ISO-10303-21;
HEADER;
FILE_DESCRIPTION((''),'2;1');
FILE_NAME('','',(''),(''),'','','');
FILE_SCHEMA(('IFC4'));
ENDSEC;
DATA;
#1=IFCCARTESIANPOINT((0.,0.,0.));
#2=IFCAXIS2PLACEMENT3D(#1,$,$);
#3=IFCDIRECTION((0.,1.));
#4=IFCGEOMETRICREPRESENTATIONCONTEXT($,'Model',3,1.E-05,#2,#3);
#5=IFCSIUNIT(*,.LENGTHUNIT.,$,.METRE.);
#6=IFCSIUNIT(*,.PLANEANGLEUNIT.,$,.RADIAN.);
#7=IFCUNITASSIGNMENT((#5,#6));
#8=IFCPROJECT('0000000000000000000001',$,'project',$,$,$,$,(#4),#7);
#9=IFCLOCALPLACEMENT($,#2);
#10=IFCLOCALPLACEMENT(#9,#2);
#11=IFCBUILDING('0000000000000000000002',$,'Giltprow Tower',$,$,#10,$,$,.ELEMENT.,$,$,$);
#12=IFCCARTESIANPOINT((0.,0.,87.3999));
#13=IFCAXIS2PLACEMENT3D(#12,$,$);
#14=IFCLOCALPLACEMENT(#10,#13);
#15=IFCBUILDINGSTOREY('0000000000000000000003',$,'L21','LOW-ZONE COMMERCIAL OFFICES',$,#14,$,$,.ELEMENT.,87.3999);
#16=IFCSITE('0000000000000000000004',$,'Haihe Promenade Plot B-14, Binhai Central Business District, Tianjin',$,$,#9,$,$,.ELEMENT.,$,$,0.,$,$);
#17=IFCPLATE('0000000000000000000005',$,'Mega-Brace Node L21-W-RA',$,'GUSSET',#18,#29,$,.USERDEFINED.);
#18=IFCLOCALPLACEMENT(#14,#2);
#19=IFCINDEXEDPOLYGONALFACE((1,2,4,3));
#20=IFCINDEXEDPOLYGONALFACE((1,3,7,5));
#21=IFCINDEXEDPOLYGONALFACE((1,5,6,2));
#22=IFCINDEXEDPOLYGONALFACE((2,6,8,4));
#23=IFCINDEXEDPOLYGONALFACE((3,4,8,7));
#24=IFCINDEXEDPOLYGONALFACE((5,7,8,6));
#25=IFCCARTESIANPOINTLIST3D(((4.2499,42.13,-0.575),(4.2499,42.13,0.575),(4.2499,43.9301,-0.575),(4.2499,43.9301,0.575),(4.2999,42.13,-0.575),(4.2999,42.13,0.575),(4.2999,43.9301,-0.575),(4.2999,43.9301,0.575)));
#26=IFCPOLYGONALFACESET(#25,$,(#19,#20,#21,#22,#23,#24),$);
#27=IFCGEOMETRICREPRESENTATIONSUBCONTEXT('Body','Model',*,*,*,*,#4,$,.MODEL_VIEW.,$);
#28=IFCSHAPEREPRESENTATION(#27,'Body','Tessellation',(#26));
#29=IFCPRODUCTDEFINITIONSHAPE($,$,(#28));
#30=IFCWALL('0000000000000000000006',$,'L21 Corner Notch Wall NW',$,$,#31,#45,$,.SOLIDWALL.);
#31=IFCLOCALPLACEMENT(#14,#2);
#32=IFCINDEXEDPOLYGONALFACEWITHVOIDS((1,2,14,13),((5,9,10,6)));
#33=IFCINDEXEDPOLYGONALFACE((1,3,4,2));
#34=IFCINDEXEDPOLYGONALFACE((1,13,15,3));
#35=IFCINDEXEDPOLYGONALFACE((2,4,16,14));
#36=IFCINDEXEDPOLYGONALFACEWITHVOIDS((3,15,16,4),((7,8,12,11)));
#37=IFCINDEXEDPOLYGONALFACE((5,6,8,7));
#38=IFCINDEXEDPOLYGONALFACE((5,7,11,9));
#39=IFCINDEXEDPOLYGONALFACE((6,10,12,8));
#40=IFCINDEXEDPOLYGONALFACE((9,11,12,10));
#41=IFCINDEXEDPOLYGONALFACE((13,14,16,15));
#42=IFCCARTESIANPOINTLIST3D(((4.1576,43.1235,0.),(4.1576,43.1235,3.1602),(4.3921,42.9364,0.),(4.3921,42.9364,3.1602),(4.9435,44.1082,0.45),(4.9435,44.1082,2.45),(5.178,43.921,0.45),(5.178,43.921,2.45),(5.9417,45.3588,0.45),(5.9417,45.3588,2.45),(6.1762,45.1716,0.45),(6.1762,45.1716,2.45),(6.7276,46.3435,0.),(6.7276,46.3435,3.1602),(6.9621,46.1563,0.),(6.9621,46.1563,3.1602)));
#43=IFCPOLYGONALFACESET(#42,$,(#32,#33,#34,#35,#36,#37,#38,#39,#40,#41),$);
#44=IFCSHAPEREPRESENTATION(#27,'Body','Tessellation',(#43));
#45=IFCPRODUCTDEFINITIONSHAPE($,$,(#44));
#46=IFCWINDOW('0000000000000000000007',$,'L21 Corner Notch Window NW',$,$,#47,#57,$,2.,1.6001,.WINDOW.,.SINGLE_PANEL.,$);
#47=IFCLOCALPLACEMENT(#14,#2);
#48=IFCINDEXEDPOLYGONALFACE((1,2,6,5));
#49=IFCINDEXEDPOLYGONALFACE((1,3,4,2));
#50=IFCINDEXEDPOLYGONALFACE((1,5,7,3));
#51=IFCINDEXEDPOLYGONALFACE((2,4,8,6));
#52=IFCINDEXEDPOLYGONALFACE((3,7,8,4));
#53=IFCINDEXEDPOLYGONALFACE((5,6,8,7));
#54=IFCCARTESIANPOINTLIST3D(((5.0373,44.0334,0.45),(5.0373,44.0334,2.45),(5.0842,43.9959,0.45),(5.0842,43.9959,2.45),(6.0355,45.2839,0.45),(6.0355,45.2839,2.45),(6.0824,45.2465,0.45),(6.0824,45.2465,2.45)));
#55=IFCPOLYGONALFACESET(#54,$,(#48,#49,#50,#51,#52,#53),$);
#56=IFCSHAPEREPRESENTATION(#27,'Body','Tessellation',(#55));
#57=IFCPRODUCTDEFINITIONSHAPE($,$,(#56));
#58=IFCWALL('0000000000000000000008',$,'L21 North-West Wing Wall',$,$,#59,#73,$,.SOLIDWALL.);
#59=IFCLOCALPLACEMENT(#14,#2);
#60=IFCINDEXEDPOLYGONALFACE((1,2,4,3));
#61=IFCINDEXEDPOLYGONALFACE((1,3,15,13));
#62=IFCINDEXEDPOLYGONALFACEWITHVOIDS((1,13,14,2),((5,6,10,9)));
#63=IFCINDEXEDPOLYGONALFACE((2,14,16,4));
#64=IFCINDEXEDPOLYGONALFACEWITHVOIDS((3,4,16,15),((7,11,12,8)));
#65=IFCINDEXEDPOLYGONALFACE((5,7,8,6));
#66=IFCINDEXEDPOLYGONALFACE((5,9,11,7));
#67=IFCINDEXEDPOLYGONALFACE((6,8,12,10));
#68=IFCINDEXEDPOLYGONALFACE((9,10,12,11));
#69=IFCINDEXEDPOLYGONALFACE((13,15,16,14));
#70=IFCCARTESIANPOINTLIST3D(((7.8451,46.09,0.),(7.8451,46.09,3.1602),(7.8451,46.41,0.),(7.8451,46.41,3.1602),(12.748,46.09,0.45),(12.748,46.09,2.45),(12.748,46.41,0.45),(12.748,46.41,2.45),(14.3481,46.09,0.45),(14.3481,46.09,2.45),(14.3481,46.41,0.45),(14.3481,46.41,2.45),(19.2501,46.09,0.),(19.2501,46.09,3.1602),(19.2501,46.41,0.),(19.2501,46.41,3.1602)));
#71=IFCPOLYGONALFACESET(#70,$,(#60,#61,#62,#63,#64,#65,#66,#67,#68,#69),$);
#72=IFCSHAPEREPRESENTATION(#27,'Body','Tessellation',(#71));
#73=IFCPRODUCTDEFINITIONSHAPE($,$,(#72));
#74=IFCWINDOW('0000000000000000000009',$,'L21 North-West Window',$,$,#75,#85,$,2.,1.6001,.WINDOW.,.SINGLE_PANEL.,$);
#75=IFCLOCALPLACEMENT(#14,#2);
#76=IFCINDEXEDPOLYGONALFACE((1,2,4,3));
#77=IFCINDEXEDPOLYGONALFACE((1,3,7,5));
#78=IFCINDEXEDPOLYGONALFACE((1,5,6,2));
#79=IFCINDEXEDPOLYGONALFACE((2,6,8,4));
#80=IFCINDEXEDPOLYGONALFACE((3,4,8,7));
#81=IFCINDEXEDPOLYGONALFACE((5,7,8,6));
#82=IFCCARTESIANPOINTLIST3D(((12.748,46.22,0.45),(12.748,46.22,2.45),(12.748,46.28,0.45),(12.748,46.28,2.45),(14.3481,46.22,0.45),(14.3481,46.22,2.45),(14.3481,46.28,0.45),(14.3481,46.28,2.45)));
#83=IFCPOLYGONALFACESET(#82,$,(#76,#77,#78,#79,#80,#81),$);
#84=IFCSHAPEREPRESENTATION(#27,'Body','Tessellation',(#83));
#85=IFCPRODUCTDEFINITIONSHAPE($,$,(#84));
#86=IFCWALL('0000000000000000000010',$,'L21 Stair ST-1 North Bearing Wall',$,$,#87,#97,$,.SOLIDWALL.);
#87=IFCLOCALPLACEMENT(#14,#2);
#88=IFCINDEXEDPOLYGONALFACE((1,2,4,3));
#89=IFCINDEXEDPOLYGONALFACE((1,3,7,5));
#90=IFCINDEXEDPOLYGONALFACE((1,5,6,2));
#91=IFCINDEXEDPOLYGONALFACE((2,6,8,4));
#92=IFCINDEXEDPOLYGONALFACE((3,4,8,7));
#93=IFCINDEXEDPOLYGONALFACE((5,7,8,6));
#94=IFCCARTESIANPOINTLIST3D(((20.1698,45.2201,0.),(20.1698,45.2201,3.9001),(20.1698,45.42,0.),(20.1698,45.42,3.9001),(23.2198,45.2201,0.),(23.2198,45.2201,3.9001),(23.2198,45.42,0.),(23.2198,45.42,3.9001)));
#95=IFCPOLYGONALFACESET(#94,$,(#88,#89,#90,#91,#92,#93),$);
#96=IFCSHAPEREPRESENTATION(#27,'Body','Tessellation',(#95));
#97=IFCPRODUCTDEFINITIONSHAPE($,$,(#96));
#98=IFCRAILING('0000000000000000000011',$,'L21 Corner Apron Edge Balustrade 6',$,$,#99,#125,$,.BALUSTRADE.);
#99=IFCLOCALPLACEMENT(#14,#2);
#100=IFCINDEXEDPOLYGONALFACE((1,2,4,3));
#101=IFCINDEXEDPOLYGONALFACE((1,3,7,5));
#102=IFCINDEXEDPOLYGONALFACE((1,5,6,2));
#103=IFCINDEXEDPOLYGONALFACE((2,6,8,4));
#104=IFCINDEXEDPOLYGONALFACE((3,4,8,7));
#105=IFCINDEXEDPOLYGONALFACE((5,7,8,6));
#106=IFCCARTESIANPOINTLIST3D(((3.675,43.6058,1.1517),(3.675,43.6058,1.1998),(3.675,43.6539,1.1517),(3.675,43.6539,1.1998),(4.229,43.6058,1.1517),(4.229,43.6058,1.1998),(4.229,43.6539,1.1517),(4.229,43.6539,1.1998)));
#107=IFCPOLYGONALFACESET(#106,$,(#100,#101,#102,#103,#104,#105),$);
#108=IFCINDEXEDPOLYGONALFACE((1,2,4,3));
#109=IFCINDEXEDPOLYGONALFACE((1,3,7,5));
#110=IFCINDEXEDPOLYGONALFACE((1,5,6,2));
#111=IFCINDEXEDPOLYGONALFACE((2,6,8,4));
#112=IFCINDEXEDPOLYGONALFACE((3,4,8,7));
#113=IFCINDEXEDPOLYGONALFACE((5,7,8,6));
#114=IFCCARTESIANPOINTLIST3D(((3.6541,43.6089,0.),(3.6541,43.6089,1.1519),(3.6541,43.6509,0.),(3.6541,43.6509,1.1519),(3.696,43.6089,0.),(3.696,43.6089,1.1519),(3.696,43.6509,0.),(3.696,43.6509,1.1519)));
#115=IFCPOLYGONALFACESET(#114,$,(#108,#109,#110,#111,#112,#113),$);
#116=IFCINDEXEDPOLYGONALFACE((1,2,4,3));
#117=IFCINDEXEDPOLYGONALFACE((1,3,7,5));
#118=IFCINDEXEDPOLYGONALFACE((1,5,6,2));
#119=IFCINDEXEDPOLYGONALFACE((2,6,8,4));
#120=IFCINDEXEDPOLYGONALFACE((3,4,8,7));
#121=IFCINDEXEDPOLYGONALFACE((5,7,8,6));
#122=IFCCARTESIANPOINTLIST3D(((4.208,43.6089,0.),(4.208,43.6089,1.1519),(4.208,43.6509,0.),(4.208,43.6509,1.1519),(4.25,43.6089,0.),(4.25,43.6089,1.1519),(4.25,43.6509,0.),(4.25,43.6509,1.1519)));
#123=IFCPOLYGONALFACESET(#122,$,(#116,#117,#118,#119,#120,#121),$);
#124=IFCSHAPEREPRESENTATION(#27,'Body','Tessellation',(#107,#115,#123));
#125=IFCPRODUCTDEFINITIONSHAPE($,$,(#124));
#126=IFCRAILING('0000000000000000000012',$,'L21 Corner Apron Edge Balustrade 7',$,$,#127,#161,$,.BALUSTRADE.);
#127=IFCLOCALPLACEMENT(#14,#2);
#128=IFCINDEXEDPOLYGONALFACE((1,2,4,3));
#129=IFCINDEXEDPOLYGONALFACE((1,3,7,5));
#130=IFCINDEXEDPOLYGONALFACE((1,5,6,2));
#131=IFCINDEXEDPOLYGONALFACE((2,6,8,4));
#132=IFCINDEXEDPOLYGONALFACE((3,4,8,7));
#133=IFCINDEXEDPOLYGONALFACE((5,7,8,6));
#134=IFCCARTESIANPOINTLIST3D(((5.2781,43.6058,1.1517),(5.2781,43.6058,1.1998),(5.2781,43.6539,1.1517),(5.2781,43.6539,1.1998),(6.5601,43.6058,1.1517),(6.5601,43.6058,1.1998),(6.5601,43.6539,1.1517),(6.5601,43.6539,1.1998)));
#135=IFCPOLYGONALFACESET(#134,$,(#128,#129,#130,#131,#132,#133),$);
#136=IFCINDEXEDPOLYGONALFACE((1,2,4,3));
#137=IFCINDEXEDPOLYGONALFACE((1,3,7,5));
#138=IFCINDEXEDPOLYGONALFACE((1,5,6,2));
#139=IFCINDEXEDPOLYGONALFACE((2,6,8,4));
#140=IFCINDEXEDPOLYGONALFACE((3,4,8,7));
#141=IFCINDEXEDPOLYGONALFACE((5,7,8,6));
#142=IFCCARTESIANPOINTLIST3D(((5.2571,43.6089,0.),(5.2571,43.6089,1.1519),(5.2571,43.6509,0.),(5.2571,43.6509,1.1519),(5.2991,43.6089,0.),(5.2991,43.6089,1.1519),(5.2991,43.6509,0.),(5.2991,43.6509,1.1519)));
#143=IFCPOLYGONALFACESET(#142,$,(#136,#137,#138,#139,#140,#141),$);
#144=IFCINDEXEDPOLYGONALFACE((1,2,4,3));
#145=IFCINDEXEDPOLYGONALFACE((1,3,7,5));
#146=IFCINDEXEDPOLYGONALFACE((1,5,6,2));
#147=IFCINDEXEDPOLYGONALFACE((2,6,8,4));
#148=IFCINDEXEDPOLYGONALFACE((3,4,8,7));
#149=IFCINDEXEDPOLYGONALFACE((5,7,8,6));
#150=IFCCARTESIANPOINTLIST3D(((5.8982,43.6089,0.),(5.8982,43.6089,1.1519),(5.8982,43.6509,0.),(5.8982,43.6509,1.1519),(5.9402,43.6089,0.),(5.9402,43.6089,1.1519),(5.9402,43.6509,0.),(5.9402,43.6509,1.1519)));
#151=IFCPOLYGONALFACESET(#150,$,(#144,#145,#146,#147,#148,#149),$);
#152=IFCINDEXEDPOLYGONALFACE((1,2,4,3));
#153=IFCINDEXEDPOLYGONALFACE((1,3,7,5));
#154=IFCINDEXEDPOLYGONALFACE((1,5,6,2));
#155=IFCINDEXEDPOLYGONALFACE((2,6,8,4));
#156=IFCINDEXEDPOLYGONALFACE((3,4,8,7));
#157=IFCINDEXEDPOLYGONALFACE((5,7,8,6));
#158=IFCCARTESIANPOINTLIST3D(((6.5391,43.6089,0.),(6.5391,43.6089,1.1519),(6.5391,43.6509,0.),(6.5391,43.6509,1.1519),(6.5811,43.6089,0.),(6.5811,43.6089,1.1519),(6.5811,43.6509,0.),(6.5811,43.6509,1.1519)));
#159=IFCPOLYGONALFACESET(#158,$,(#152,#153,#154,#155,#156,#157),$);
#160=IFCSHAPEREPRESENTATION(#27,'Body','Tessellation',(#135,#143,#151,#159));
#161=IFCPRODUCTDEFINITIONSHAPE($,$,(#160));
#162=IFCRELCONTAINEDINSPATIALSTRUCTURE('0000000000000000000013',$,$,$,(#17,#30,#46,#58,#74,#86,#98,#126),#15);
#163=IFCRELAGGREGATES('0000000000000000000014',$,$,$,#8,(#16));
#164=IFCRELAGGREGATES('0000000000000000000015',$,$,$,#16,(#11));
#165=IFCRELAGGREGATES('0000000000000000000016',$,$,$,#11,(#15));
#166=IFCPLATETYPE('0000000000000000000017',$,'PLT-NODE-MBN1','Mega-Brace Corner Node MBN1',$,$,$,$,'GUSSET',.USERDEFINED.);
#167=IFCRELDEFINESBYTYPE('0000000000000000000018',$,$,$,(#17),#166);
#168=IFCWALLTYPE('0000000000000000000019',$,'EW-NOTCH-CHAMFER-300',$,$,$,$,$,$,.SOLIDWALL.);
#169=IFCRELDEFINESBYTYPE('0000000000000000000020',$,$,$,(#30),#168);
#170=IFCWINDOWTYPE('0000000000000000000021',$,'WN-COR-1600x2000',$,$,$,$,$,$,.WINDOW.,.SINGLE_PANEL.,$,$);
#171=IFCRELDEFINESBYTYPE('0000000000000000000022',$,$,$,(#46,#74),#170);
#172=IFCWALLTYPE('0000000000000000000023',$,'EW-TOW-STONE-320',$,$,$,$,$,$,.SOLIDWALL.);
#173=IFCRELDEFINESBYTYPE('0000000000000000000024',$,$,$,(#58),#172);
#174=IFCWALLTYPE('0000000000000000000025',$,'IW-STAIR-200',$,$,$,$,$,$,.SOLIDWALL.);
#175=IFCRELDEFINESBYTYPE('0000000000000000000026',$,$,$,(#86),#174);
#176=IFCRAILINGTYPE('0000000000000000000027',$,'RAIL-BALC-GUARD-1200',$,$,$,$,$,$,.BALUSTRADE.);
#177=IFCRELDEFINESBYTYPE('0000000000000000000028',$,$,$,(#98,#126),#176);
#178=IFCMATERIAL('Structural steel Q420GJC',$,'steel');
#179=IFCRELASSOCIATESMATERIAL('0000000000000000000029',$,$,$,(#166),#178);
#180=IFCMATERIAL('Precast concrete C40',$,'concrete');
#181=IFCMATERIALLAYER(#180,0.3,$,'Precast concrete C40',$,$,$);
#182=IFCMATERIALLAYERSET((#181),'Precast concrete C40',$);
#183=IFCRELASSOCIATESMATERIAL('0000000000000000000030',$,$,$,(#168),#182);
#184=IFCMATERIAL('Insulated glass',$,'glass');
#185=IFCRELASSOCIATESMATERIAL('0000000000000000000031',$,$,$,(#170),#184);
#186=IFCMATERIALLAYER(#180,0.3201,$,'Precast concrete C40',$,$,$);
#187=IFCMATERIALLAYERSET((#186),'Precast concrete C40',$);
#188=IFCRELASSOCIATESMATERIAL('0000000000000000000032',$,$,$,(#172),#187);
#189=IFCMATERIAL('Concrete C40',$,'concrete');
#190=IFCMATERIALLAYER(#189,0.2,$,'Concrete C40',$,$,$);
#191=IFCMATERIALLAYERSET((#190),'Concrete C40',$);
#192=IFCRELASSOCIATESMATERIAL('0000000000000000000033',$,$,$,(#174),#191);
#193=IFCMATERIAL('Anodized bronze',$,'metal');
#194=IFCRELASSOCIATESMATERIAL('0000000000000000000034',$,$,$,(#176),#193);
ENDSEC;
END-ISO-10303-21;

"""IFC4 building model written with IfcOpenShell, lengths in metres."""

from ifc_helpers import new_model, si_unit, direction, frame, frame_2d, origin, origin_2d, place, context, subcontext, project, spatial, rectangle, extrude, source, transform, mapped, material, layer, layer_set, type_object, element, fill, save


model = new_model("IFC4")

# Units and contexts
model_context = context("Model", 3, precision=1e-05, world=origin(), true_north=direction((0.0, 1.0)))
body_context = subcontext(model_context, "Body", "Model", "MODEL_VIEW")
ifc_project = project(units=[si_unit("LENGTHUNIT", "METRE"), si_unit("PLANEANGLEUNIT", "RADIAN")], contexts=[model_context])

# Site, building, storey
site_placement = place(None, origin())
site = spatial("IfcSite", under=ifc_project, at=site_placement, Name="Haihe Promenade Plot B-14, Binhai Central Business District, Tianjin", CompositionType="ELEMENT", RefElevation=0.0)
building_placement = place(site_placement, origin())
building = spatial("IfcBuilding", under=site, at=building_placement, Name="Giltprow Tower", CompositionType="ELEMENT")
storey_placement = place(building_placement, frame((0.0, 0.0, 87.3999)))
storey = spatial("IfcBuildingStorey", under=building, at=storey_placement, Name="L21", Description="LOW-ZONE COMMERCIAL OFFICES", CompositionType="ELEMENT", Elevation=87.3999)

# Shared definitions
ifc_material_1 = material(Name="Structural steel Q420GJC", Category="steel")

# Plate
plate_type = type_object("IfcPlateType", Name="PLT-NODE-MBN1", Description="Mega-Brace Corner Node MBN1", ElementType="GUSSET", PredefinedType="USERDEFINED", material=ifc_material_1)
shared_shape_1 = source(origin(), body_context, "Body", "SweptSolid", [
    extrude(rectangle(XDim=1.8, YDim=0.05, at=origin_2d()), origin(), (0.0, 0.0, 1.0), 1.1499),
])
for number, where, z_axis, x_axis, name in (
    (1, (4.2749, 43.03, -0.575), (0.0, 0.0, 1.0), (0.0, 1.0, 0.0), "Mega-Brace Node L21-W-RA"),
):
    element("IfcPlate", number, at=place(storey_placement, frame(where, z_axis=z_axis, x_axis=x_axis)), inside=storey, type_object=plate_type, Name=name, ObjectType="GUSSET", PredefinedType="USERDEFINED", context=body_context, shape_type="MappedRepresentation", body=[
        mapped(shared_shape_1, transform((0.0, 0.0, 0.0), x_axis=(1.0, 0.0, 0.0), y_axis=(0.0, 1.0, 0.0), z_axis=(0.0, 0.0, 1.0), scale=1.0)),
    ])

# Walls, openings, windows
ifc_material_2 = material(Name="Precast concrete C40", Category="concrete")
ifc_layer_1 = layer(ifc_material_2, 0.3, Name="Precast concrete C40")
ifc_layer_set_1 = layer_set([ifc_layer_1], Name="Precast concrete C40")
wall_type_1 = type_object("IfcWallType", Name="EW-NOTCH-CHAMFER-300", PredefinedType="SOLIDWALL", material=ifc_layer_set_1)
wall_1_placement = place(storey_placement, frame((6.845, 46.25, 0.0), z_axis=(0.0, 0.0, 1.0), x_axis=(-0.62382, -0.781568, 0.0)))
wall_1 = element("IfcWall", 2, at=wall_1_placement, inside=storey, type_object=wall_type_1, Name="L21 Corner Notch Wall NW", PredefinedType="SOLIDWALL", context=body_context, shape_type="SweptSolid", body=[
    extrude(rectangle(XDim=4.1199, YDim=0.3, at=frame_2d((2.0601, 0.0))), origin(), (0.0, 0.0, 1.0), 3.1602),
])
opening_1_placement = place(wall_1_placement, frame((1.26, 0.0, 0.45)))
opening_1 = element("IfcOpeningElement", 3, at=opening_1_placement, cuts=wall_1, PredefinedType="OPENING", context=body_context, shape_type="SweptSolid", body=[
    extrude(rectangle(XDim=1.6001, YDim=2.0, at=frame_2d((0.8, 1.0))), frame((0.0, 0.1599, 0.0), z_axis=(0.0, -1.0, 0.0), x_axis=(1.0, 0.0, 0.0)), (0.0, 0.0, 1.0), 0.3201),
])
ifc_material_3 = material(Name="Insulated glass", Category="glass")
window_type = type_object("IfcWindowType", Name="WN-COR-1600x2000", PartitioningType="SINGLE_PANEL", PredefinedType="WINDOW", material=ifc_material_3)
shared_shape_2 = source(origin(), body_context, "Body", "SweptSolid", [
    extrude(rectangle(XDim=1.6001, YDim=2.0, at=frame_2d((0.8, 1.0))), frame((0.0, 0.03, 0.0), z_axis=(0.0, -1.0, 0.0), x_axis=(1.0, 0.0, 0.0)), (0.0, 0.0, 1.0), 0.0601),
])
window_1_placement = place(opening_1_placement, origin())
window_1 = element("IfcWindow", 4, at=window_1_placement, inside=storey, type_object=window_type, Name="L21 Corner Notch Window NW", OverallHeight=2.0, OverallWidth=1.6001, PartitioningType="SINGLE_PANEL", PredefinedType="WINDOW", context=body_context, shape_type="MappedRepresentation", body=[
    mapped(shared_shape_2, transform((0.0, 0.0, 0.0), x_axis=(1.0, 0.0, 0.0), y_axis=(0.0, 1.0, 0.0), z_axis=(0.0, 0.0, 1.0), scale=1.0)),
])
fill(opening_1, window_1)
ifc_layer_2 = layer(ifc_material_2, 0.3201, Name="Precast concrete C40")
ifc_layer_set_2 = layer_set([ifc_layer_2], Name="Precast concrete C40")
wall_type_2 = type_object("IfcWallType", Name="EW-TOW-STONE-320", PredefinedType="SOLIDWALL", material=ifc_layer_set_2)
wall_2_placement = place(storey_placement, frame((7.845, 46.25, 0.0), z_axis=(0.0, 0.0, 1.0), x_axis=(1.0, 0.0, 0.0)))
wall_2 = element("IfcWall", 5, at=wall_2_placement, inside=storey, type_object=wall_type_2, Name="L21 North-West Wing Wall", PredefinedType="SOLIDWALL", context=body_context, shape_type="SweptSolid", body=[
    extrude(rectangle(XDim=11.405, YDim=0.3201, at=frame_2d((5.7026, 0.0))), origin(), (0.0, 0.0, 1.0), 3.1602),
])
opening_2_placement = place(wall_2_placement, frame((4.9031, 0.0, 0.45)))
opening_2 = element("IfcOpeningElement", 6, at=opening_2_placement, cuts=wall_2, PredefinedType="OPENING", context=body_context, shape_type="SweptSolid", body=[
    extrude(rectangle(XDim=1.6001, YDim=2.0, at=frame_2d((0.8, 1.0))), frame((0.0, 0.1699, 0.0), z_axis=(0.0, -1.0, 0.0), x_axis=(1.0, 0.0, 0.0)), (0.0, 0.0, 1.0), 0.3401),
])
window_2_placement = place(opening_2_placement, origin())
window_2 = element("IfcWindow", 7, at=window_2_placement, inside=storey, type_object=window_type, Name="L21 North-West Window", OverallHeight=2.0, OverallWidth=1.6001, PartitioningType="SINGLE_PANEL", PredefinedType="WINDOW", context=body_context, shape_type="MappedRepresentation", body=[
    mapped(shared_shape_2, transform((0.0, 0.0, 0.0), x_axis=(1.0, 0.0, 0.0), y_axis=(0.0, 1.0, 0.0), z_axis=(0.0, 0.0, 1.0), scale=1.0)),
])
fill(opening_2, window_2)

# Wall
ifc_material_4 = material(Name="Concrete C40", Category="concrete")
ifc_layer_3 = layer(ifc_material_4, 0.2, Name="Concrete C40")
ifc_layer_set_3 = layer_set([ifc_layer_3], Name="Concrete C40")
wall_type_3 = type_object("IfcWallType", Name="IW-STAIR-200", PredefinedType="SOLIDWALL", material=ifc_layer_set_3)
wall_3_placement = place(storey_placement, frame((20.1699, 45.3201, 0.0), z_axis=(0.0, 0.0, 1.0), x_axis=(1.0, 0.0, 0.0)))
element("IfcWall", 8, at=wall_3_placement, inside=storey, type_object=wall_type_3, Name="L21 Stair ST-1 North Bearing Wall", PredefinedType="SOLIDWALL", context=body_context, shape_type="SweptSolid", body=[
    extrude(rectangle(XDim=3.05, YDim=0.2, at=frame_2d((1.5249, 0.0))), origin(), (0.0, 0.0, 1.0), 3.9001),
])

# Railings
ifc_material_5 = material(Name="Anodized bronze", Category="metal")
railing_type_1 = type_object("IfcRailingType", Name="RAIL-BALC-GUARD-1200", PredefinedType="BALUSTRADE", material=ifc_material_5)
railing_1_placement = place(storey_placement, frame((3.675, 43.6299, 0.0)))
element("IfcRailing", 9, at=railing_1_placement, inside=storey, type_object=railing_type_1, Name="L21 Corner Apron Edge Balustrade 6", PredefinedType="BALUSTRADE", context=body_context, shape_type="SweptSolid", body=[
    extrude(rectangle(XDim=0.0481, YDim=0.0481, at=origin_2d()), frame((0.0, 0.0, 1.1758), z_axis=(1.0, 0.0, 0.0), x_axis=(0.0, 1.0, 0.0)), (0.0, 0.0, 1.0), 0.554),
    extrude(rectangle(XDim=0.042, YDim=0.042, at=origin_2d()), origin(), (0.0, 0.0, 1.0), 1.1519),
    extrude(rectangle(XDim=0.042, YDim=0.042, at=origin_2d()), frame((0.554, 0.0, 0.0)), (0.0, 0.0, 1.0), 1.1519),
])
railing_2_placement = place(storey_placement, frame((5.2781, 43.6299, 0.0)))
element("IfcRailing", 10, at=railing_2_placement, inside=storey, type_object=railing_type_1, Name="L21 Corner Apron Edge Balustrade 7", PredefinedType="BALUSTRADE", context=body_context, shape_type="SweptSolid", body=[
    extrude(rectangle(XDim=0.0481, YDim=0.0481, at=origin_2d()), frame((0.0, 0.0, 1.1758), z_axis=(1.0, 0.0, 0.0), x_axis=(0.0, 1.0, 0.0)), (0.0, 0.0, 1.0), 1.282),
    extrude(rectangle(XDim=0.042, YDim=0.042, at=origin_2d()), origin(), (0.0, 0.0, 1.0), 1.1519),
    extrude(rectangle(XDim=0.042, YDim=0.042, at=origin_2d()), frame((0.6411, 0.0, 0.0)), (0.0, 0.0, 1.0), 1.1519),
    extrude(rectangle(XDim=0.042, YDim=0.042, at=origin_2d()), frame((1.282, 0.0, 0.0)), (0.0, 0.0, 1.0), 1.1519),
])

save(model, "model.ifc")
